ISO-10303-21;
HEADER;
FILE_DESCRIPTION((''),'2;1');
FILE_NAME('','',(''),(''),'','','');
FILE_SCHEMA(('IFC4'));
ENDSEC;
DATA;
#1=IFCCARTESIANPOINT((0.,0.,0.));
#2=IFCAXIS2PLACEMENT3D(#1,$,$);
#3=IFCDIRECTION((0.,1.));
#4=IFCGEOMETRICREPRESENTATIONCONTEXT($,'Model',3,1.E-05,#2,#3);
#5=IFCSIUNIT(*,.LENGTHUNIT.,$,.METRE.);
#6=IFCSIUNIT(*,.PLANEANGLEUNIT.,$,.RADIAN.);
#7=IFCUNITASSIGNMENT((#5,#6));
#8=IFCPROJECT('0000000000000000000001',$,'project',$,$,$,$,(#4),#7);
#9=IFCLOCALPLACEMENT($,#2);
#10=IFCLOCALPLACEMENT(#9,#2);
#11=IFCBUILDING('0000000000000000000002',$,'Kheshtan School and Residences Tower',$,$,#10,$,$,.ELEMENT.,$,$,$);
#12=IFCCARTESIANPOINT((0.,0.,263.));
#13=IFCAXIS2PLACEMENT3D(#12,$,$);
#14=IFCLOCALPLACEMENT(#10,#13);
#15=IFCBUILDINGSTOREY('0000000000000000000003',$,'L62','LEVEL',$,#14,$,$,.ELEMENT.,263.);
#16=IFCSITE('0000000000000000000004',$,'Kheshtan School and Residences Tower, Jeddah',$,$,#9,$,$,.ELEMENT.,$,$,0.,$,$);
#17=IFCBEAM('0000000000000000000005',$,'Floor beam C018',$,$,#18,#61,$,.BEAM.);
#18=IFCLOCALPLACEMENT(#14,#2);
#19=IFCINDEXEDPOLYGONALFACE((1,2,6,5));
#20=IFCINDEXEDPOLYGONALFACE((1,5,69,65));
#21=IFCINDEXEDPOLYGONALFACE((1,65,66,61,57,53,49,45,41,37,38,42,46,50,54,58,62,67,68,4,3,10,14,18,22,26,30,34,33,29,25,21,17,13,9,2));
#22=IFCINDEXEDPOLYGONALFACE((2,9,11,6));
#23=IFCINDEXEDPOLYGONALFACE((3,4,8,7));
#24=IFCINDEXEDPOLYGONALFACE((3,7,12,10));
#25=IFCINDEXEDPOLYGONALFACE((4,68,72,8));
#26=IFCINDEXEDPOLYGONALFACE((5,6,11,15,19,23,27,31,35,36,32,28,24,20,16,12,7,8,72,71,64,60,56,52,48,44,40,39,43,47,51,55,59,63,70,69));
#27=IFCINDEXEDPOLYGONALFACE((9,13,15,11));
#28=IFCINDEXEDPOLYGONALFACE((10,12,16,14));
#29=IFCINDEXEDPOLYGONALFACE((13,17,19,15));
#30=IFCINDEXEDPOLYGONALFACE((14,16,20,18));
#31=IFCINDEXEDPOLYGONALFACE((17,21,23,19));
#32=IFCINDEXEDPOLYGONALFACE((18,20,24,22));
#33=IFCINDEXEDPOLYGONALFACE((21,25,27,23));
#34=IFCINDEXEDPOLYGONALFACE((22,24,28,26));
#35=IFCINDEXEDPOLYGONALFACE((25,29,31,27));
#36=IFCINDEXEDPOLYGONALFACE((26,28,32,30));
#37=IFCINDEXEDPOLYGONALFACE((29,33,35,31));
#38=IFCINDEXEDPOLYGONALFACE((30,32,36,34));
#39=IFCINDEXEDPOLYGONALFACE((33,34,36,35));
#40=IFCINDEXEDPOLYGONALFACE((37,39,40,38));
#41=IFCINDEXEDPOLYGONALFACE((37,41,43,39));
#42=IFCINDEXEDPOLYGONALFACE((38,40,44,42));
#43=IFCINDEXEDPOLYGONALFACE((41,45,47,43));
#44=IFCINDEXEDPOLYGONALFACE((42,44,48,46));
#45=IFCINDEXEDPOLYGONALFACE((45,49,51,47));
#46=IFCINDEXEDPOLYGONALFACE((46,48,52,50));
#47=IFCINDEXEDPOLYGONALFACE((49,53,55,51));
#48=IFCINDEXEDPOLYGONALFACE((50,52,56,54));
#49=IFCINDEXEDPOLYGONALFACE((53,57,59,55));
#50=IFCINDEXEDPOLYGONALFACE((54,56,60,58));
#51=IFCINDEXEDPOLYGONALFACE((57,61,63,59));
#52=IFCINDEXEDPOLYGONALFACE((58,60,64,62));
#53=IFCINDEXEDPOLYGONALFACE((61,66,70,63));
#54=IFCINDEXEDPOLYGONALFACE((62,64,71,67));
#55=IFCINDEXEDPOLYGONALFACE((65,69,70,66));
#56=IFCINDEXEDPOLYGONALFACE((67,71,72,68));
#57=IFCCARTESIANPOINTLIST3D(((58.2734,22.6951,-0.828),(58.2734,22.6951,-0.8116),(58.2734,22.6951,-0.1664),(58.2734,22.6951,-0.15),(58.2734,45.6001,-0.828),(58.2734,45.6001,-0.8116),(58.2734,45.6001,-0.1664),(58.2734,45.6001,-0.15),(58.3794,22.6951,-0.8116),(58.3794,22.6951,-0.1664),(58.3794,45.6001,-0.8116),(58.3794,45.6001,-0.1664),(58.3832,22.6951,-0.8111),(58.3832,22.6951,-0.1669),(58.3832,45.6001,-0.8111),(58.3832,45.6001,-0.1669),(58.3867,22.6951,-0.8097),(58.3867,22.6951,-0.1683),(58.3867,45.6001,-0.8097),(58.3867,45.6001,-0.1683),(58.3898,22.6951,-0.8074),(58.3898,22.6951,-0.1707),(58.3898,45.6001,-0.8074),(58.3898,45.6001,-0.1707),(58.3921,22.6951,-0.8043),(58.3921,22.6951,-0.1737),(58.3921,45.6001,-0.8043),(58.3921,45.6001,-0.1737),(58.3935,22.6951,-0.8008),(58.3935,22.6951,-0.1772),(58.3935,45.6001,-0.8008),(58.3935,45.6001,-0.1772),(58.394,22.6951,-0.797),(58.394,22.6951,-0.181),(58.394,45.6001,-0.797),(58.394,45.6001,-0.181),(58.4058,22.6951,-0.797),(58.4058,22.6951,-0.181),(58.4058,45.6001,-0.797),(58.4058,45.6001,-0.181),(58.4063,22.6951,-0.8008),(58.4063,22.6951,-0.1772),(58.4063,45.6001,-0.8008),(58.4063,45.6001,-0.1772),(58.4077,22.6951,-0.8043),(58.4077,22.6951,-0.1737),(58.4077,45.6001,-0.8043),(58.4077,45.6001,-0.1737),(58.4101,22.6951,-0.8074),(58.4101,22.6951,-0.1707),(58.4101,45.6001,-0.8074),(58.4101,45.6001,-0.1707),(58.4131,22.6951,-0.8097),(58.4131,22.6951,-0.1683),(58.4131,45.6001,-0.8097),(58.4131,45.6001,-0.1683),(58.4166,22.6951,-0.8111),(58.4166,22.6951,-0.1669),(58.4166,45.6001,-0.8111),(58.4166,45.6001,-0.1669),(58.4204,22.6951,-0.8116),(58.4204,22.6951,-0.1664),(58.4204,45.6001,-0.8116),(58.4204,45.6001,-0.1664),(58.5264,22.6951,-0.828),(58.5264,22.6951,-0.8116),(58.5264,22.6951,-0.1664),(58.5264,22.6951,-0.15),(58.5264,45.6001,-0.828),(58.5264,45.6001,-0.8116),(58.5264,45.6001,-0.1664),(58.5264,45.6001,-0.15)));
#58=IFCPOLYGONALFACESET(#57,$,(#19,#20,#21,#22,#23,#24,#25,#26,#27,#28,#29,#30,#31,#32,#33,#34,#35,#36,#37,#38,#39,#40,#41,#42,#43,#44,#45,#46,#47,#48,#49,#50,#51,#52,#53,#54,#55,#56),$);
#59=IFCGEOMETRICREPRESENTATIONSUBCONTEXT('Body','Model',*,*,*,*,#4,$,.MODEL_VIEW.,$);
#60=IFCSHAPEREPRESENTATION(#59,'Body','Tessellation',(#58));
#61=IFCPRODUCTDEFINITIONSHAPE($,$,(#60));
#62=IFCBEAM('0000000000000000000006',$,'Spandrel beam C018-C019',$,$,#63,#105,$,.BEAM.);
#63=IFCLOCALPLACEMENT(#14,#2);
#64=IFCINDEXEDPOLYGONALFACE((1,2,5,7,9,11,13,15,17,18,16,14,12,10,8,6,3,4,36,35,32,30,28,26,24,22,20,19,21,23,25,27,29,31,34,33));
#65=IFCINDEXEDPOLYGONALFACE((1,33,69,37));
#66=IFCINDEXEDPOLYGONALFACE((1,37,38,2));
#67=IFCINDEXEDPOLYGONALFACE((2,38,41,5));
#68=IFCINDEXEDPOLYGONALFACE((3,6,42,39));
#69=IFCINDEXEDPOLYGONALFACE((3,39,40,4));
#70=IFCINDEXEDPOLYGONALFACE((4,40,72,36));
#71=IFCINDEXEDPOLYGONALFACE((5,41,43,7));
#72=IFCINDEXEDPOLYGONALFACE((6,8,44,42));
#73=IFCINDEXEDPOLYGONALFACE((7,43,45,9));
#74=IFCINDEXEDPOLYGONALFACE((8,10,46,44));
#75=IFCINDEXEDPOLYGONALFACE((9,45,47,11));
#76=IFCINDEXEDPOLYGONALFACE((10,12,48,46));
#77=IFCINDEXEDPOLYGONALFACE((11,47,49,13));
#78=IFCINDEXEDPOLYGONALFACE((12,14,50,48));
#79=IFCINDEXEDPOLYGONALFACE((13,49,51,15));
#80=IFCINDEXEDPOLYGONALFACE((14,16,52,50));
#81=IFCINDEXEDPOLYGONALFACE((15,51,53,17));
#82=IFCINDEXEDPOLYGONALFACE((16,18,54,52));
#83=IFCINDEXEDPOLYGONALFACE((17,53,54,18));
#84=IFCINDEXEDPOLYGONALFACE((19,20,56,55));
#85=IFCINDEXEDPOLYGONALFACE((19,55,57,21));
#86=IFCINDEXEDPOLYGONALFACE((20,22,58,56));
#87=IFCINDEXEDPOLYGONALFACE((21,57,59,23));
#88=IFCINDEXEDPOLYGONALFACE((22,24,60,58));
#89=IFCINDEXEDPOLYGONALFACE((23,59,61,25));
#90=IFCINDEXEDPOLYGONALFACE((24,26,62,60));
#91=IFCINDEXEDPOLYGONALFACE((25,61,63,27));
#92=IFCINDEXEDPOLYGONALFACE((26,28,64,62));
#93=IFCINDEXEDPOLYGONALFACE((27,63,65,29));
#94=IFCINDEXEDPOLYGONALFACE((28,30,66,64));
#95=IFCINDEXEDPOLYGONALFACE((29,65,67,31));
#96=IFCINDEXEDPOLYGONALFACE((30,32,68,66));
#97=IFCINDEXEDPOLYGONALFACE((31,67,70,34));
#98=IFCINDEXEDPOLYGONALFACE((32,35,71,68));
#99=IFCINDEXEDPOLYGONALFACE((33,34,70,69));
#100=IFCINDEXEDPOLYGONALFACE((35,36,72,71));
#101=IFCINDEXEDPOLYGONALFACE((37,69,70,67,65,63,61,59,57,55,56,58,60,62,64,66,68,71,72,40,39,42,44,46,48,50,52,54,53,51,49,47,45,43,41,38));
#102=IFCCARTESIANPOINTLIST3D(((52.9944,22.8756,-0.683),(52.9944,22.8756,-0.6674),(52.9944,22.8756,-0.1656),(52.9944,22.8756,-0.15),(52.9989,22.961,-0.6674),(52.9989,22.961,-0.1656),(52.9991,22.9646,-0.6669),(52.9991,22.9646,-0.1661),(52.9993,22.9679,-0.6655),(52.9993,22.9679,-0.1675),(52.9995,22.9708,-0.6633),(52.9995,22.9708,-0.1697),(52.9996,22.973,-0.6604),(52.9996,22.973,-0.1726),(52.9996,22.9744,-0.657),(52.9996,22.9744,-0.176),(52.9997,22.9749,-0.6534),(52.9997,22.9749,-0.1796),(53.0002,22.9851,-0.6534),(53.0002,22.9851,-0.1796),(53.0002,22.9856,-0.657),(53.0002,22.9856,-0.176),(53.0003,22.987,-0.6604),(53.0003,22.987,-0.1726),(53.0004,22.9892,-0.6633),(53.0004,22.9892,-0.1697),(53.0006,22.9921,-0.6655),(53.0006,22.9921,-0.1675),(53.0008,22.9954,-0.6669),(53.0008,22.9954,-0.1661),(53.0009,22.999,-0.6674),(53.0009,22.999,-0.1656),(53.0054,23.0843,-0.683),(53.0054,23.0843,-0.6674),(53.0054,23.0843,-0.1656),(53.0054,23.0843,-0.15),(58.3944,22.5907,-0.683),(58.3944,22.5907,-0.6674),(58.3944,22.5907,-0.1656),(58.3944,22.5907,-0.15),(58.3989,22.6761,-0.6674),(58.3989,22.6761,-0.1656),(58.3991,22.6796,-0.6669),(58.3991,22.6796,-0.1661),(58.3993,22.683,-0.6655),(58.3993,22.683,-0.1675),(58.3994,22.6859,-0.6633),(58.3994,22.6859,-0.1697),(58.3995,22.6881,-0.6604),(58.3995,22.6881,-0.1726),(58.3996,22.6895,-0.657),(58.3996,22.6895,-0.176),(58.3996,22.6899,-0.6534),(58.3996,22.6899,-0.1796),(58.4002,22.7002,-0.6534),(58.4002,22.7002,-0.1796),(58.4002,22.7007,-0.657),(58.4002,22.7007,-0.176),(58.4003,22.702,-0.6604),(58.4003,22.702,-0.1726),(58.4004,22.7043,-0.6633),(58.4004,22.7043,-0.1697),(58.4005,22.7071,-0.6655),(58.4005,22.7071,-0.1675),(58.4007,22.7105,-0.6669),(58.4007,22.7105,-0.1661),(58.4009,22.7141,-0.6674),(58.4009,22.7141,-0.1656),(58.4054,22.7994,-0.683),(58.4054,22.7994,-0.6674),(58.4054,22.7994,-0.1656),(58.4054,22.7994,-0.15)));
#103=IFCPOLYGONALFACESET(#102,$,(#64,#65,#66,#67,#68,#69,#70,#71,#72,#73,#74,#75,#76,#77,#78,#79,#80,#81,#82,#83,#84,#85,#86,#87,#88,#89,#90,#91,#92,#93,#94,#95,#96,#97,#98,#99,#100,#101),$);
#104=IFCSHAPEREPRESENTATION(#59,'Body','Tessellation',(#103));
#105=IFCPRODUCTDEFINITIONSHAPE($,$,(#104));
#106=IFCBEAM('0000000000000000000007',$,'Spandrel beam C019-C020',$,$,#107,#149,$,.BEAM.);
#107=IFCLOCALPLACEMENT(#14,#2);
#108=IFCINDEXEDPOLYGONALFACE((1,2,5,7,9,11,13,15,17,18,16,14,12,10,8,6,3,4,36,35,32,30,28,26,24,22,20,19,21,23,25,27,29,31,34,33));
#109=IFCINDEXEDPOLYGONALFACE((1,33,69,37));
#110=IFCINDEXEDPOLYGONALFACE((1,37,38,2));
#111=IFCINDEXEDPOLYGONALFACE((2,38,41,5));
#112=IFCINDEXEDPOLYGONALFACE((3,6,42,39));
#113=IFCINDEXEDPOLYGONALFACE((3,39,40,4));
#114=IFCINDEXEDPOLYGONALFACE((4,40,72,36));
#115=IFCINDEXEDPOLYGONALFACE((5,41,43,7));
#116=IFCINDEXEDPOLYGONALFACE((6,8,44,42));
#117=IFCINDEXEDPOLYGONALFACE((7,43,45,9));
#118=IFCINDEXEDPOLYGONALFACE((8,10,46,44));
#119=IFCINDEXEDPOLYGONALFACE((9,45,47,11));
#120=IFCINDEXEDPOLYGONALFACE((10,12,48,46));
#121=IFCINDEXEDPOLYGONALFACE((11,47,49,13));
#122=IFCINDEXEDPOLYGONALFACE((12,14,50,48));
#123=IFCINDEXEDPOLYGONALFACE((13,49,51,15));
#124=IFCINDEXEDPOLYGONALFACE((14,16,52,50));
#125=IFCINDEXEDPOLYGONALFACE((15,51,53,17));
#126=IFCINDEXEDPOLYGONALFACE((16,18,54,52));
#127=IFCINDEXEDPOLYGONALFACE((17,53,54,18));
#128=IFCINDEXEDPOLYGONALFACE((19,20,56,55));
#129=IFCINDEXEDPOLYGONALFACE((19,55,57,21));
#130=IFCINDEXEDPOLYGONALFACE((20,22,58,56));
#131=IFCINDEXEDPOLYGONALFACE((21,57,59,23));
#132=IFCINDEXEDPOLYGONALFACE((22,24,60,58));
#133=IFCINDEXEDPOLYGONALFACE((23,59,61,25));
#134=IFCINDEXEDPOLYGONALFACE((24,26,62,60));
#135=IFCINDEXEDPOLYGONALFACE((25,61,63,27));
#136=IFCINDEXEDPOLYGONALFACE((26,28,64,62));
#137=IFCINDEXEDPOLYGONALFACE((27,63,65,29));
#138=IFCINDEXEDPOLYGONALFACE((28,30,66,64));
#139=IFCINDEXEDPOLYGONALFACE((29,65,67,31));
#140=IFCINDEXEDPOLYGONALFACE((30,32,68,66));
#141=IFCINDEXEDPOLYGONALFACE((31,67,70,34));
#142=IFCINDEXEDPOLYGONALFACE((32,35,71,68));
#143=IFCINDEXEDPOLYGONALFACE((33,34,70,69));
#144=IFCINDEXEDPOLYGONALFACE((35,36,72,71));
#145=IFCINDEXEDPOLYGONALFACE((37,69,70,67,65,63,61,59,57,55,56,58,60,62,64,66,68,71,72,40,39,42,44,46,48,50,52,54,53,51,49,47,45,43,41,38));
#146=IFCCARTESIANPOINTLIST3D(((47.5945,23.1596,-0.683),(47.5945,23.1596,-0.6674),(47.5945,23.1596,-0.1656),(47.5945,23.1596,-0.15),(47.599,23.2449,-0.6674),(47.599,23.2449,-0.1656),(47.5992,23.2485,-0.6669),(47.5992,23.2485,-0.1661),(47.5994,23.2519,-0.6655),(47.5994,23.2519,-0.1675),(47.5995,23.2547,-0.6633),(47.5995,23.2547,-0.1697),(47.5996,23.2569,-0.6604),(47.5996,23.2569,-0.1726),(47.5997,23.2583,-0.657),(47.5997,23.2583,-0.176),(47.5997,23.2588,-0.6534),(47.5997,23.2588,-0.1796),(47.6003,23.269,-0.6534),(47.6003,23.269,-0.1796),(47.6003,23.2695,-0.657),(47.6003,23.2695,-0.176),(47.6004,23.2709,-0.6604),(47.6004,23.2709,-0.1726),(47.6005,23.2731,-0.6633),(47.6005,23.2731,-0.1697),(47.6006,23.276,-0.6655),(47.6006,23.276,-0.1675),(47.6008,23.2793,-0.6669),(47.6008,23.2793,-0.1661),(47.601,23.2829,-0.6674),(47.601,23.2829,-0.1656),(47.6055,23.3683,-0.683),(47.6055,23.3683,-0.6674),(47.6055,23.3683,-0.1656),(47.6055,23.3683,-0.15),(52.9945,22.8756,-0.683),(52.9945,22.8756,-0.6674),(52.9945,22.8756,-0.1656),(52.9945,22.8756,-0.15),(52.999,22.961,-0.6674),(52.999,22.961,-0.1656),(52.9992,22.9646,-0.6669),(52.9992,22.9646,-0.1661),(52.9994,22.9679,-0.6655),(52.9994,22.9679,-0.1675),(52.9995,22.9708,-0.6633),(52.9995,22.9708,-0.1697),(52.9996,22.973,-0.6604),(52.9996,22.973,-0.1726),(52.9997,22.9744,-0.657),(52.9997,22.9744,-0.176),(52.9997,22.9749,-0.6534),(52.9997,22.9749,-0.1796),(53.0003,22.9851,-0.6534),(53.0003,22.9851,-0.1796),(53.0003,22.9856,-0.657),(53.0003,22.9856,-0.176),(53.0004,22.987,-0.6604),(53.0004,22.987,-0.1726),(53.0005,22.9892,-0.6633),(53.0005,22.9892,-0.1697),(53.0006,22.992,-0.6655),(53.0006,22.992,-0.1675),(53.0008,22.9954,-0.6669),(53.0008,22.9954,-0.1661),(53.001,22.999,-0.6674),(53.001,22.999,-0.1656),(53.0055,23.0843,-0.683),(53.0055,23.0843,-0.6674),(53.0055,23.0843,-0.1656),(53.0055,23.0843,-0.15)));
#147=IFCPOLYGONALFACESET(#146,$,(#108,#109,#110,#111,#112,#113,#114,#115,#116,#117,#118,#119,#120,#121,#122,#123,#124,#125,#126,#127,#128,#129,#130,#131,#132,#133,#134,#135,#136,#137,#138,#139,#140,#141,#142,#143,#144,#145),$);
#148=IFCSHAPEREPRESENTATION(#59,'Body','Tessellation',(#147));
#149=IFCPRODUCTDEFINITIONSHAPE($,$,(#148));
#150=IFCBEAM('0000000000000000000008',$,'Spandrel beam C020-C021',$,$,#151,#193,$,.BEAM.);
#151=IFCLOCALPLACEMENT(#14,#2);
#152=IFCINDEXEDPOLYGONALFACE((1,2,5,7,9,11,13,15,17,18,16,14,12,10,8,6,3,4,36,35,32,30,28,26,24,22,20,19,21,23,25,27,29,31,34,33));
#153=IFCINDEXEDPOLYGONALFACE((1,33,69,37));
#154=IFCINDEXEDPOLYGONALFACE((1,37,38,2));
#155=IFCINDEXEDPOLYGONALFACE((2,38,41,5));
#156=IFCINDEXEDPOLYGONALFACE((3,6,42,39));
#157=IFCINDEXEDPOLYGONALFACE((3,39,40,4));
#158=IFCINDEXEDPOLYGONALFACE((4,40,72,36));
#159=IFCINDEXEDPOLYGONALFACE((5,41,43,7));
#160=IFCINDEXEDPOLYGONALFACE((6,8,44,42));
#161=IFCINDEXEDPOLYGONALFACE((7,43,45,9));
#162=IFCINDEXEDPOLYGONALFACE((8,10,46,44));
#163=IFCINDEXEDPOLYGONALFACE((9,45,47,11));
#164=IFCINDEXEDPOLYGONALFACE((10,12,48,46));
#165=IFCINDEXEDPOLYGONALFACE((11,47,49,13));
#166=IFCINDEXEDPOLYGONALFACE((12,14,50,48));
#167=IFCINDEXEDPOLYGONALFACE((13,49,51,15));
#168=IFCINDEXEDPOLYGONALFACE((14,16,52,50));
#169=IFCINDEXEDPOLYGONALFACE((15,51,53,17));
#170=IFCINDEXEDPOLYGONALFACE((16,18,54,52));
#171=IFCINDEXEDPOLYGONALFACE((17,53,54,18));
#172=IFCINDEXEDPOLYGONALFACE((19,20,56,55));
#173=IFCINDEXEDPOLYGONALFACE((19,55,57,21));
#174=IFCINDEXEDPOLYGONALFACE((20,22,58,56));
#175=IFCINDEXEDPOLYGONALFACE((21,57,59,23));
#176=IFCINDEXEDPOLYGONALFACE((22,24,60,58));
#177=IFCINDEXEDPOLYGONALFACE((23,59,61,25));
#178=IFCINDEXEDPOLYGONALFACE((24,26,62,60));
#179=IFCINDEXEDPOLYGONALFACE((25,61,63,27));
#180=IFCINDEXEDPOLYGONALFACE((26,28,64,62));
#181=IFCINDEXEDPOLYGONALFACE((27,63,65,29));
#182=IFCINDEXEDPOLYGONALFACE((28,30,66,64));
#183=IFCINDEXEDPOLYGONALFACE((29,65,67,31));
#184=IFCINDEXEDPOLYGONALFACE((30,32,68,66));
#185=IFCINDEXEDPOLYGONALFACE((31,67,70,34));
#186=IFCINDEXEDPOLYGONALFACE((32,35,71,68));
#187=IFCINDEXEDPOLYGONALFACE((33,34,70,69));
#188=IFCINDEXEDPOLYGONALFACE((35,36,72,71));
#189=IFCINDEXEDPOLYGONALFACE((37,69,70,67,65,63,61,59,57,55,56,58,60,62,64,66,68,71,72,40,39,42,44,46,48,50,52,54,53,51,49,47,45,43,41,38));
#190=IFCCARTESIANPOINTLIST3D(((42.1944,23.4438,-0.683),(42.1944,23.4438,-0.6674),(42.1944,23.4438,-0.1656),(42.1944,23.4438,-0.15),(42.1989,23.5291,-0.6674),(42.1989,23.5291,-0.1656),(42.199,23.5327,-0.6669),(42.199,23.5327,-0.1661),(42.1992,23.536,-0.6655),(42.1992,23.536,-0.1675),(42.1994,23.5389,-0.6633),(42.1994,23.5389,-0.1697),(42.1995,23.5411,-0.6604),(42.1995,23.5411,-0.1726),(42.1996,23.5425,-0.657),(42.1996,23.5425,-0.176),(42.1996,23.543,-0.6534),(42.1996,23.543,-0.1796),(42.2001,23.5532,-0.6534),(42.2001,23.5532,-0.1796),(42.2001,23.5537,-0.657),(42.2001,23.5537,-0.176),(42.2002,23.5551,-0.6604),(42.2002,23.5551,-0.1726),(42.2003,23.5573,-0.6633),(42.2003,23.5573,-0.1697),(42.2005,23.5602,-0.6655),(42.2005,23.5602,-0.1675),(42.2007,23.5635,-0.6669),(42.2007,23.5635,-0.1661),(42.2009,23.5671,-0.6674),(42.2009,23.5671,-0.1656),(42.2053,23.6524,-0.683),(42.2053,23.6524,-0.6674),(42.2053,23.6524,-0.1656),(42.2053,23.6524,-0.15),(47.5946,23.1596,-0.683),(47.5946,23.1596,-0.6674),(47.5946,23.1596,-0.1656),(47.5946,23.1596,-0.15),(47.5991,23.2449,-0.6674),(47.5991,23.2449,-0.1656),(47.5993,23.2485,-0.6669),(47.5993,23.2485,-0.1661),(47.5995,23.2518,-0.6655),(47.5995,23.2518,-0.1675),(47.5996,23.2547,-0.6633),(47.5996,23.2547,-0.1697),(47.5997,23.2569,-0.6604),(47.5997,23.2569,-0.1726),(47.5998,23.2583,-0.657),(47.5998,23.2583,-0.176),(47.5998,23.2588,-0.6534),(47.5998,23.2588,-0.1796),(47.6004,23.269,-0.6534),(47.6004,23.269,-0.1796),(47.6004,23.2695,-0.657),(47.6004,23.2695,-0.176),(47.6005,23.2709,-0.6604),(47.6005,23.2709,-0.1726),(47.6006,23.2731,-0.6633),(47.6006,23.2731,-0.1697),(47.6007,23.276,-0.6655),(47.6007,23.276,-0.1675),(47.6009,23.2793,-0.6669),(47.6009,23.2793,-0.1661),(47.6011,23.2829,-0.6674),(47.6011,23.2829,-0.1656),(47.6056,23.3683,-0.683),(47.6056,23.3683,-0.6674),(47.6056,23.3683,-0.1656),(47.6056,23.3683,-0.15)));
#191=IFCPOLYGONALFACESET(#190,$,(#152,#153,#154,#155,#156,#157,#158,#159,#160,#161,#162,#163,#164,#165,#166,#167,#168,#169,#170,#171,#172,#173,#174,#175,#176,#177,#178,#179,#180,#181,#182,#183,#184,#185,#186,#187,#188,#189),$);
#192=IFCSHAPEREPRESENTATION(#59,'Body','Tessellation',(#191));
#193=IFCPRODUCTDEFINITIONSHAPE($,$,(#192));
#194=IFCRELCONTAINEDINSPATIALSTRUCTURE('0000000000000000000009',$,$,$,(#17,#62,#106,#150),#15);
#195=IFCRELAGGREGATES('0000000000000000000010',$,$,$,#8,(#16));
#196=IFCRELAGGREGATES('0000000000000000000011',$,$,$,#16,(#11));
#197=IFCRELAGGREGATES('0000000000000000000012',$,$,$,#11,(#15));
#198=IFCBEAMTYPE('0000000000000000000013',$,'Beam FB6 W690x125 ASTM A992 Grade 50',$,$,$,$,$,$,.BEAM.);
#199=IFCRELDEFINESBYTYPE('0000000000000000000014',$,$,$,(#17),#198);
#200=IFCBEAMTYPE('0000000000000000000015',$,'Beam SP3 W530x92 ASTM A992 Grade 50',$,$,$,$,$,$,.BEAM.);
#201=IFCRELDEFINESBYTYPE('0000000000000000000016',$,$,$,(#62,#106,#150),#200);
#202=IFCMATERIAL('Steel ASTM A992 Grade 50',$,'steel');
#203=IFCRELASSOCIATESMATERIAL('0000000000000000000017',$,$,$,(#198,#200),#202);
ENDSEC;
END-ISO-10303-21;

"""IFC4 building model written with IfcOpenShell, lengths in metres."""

from ifc_helpers import new_model, si_unit, direction, frame, origin, origin_2d, place, context, subcontext, project, spatial, i_section, extrude, material, material_profile, profile_set, type_object, element, save


model = new_model("IFC4")

# Units and contexts
model_context = context("Model", 3, precision=1e-05, world=origin(), true_north=direction((0.0, 1.0)))
body_context = subcontext(model_context, "Body", "Model", "MODEL_VIEW")
ifc_project = project(units=[si_unit("LENGTHUNIT", "METRE"), si_unit("PLANEANGLEUNIT", "RADIAN")], contexts=[model_context])

# Site, building, storey
site_placement = place(None, origin())
site = spatial("IfcSite", under=ifc_project, at=site_placement, Name="Kheshtan School and Residences Tower, Jeddah", CompositionType="ELEMENT", RefElevation=0.0)
building_placement = place(site_placement, origin())
building = spatial("IfcBuilding", under=site, at=building_placement, Name="Kheshtan School and Residences Tower", CompositionType="ELEMENT")
storey_placement = place(building_placement, frame((0.0, 0.0, 263.0)))
storey = spatial("IfcBuildingStorey", under=building, at=storey_placement, Name="L62", Description="LEVEL", CompositionType="ELEMENT", Elevation=263.0)

# Shared definitions
ifc_material_1 = material(Name="Steel ASTM A992 Grade 50", Category="steel")

# Beams
ifc_material_profile_1 = material_profile(ifc_material_1, i_section(OverallWidth=0.2529, OverallDepth=0.678, WebThickness=0.0117, FlangeThickness=0.0164, FilletRadius=0.0146, at=origin_2d()), Name="W690x125")
ifc_profile_set_1 = profile_set([ifc_material_profile_1], Name="Steel ASTM A992 Grade 50")
beam_type_1 = type_object("IfcBeamType", Name="Beam FB6 W690x125 ASTM A992 Grade 50", PredefinedType="BEAM", material=ifc_profile_set_1)
beam_1_placement = place(storey_placement, frame((58.3999, 22.6951, -0.489), z_axis=(0.0, 1.0, 0.0), x_axis=(-1.0, 0.0, 0.0)))
element("IfcBeam", 1, at=beam_1_placement, inside=storey, type_object=beam_type_1, Name="Floor beam C018", PredefinedType="BEAM", context=body_context, shape_type="SweptSolid", body=[
    extrude(i_section(OverallWidth=0.2529, OverallDepth=0.678, WebThickness=0.0117, FlangeThickness=0.0164, FilletRadius=0.0146, at=origin_2d()), origin(), (0.0, 0.0, 1.0), 22.905),
])
ifc_material_profile_2 = material_profile(ifc_material_1, i_section(OverallWidth=0.209, OverallDepth=0.533, WebThickness=0.0103, FlangeThickness=0.0156, FilletRadius=0.0139, at=origin_2d()), Name="W530x92")
ifc_profile_set_2 = profile_set([ifc_material_profile_2], Name="Steel ASTM A992 Grade 50")
beam_type_2 = type_object("IfcBeamType", Name="Beam SP3 W530x92 ASTM A992 Grade 50", PredefinedType="BEAM", material=ifc_profile_set_2)
for number, where, z_axis, x_axis, name in (
    (2, (58.3999, 22.6951, -0.4165), (-0.998611, 0.052689, 0.0), (-0.052689, -0.998611, 0.0), "Spandrel beam C018-C019"),
    (3, (53.0, 22.98, -0.4165), (-0.99862, 0.052509, 0.0), (-0.052509, -0.99862, 0.0), "Spandrel beam C019-C020"),
):
    element("IfcBeam", number, at=place(storey_placement, frame(where, z_axis=z_axis, x_axis=x_axis)), inside=storey, type_object=beam_type_2, Name=name, PredefinedType="BEAM", context=body_context, shape_type="SweptSolid", body=[
        extrude(i_section(OverallWidth=0.209, OverallDepth=0.533, WebThickness=0.0103, FlangeThickness=0.0156, FilletRadius=0.0139, at=origin_2d()), origin(), (0.0, 0.0, 1.0), 5.4075),
    ])
beam_2_placement = place(storey_placement, frame((47.6001, 23.2639, -0.4165), z_axis=(-0.998618, 0.052552, 0.0), x_axis=(-0.052552, -0.998618, 0.0)))
element("IfcBeam", 4, at=beam_2_placement, inside=storey, type_object=beam_type_2, Name="Spandrel beam C020-C021", PredefinedType="BEAM", context=body_context, shape_type="SweptSolid", body=[
    extrude(i_section(OverallWidth=0.209, OverallDepth=0.533, WebThickness=0.0103, FlangeThickness=0.0156, FilletRadius=0.0139, at=origin_2d()), origin(), (0.0, 0.0, 1.0), 5.4077),
])

save(model, "model.ifc")
